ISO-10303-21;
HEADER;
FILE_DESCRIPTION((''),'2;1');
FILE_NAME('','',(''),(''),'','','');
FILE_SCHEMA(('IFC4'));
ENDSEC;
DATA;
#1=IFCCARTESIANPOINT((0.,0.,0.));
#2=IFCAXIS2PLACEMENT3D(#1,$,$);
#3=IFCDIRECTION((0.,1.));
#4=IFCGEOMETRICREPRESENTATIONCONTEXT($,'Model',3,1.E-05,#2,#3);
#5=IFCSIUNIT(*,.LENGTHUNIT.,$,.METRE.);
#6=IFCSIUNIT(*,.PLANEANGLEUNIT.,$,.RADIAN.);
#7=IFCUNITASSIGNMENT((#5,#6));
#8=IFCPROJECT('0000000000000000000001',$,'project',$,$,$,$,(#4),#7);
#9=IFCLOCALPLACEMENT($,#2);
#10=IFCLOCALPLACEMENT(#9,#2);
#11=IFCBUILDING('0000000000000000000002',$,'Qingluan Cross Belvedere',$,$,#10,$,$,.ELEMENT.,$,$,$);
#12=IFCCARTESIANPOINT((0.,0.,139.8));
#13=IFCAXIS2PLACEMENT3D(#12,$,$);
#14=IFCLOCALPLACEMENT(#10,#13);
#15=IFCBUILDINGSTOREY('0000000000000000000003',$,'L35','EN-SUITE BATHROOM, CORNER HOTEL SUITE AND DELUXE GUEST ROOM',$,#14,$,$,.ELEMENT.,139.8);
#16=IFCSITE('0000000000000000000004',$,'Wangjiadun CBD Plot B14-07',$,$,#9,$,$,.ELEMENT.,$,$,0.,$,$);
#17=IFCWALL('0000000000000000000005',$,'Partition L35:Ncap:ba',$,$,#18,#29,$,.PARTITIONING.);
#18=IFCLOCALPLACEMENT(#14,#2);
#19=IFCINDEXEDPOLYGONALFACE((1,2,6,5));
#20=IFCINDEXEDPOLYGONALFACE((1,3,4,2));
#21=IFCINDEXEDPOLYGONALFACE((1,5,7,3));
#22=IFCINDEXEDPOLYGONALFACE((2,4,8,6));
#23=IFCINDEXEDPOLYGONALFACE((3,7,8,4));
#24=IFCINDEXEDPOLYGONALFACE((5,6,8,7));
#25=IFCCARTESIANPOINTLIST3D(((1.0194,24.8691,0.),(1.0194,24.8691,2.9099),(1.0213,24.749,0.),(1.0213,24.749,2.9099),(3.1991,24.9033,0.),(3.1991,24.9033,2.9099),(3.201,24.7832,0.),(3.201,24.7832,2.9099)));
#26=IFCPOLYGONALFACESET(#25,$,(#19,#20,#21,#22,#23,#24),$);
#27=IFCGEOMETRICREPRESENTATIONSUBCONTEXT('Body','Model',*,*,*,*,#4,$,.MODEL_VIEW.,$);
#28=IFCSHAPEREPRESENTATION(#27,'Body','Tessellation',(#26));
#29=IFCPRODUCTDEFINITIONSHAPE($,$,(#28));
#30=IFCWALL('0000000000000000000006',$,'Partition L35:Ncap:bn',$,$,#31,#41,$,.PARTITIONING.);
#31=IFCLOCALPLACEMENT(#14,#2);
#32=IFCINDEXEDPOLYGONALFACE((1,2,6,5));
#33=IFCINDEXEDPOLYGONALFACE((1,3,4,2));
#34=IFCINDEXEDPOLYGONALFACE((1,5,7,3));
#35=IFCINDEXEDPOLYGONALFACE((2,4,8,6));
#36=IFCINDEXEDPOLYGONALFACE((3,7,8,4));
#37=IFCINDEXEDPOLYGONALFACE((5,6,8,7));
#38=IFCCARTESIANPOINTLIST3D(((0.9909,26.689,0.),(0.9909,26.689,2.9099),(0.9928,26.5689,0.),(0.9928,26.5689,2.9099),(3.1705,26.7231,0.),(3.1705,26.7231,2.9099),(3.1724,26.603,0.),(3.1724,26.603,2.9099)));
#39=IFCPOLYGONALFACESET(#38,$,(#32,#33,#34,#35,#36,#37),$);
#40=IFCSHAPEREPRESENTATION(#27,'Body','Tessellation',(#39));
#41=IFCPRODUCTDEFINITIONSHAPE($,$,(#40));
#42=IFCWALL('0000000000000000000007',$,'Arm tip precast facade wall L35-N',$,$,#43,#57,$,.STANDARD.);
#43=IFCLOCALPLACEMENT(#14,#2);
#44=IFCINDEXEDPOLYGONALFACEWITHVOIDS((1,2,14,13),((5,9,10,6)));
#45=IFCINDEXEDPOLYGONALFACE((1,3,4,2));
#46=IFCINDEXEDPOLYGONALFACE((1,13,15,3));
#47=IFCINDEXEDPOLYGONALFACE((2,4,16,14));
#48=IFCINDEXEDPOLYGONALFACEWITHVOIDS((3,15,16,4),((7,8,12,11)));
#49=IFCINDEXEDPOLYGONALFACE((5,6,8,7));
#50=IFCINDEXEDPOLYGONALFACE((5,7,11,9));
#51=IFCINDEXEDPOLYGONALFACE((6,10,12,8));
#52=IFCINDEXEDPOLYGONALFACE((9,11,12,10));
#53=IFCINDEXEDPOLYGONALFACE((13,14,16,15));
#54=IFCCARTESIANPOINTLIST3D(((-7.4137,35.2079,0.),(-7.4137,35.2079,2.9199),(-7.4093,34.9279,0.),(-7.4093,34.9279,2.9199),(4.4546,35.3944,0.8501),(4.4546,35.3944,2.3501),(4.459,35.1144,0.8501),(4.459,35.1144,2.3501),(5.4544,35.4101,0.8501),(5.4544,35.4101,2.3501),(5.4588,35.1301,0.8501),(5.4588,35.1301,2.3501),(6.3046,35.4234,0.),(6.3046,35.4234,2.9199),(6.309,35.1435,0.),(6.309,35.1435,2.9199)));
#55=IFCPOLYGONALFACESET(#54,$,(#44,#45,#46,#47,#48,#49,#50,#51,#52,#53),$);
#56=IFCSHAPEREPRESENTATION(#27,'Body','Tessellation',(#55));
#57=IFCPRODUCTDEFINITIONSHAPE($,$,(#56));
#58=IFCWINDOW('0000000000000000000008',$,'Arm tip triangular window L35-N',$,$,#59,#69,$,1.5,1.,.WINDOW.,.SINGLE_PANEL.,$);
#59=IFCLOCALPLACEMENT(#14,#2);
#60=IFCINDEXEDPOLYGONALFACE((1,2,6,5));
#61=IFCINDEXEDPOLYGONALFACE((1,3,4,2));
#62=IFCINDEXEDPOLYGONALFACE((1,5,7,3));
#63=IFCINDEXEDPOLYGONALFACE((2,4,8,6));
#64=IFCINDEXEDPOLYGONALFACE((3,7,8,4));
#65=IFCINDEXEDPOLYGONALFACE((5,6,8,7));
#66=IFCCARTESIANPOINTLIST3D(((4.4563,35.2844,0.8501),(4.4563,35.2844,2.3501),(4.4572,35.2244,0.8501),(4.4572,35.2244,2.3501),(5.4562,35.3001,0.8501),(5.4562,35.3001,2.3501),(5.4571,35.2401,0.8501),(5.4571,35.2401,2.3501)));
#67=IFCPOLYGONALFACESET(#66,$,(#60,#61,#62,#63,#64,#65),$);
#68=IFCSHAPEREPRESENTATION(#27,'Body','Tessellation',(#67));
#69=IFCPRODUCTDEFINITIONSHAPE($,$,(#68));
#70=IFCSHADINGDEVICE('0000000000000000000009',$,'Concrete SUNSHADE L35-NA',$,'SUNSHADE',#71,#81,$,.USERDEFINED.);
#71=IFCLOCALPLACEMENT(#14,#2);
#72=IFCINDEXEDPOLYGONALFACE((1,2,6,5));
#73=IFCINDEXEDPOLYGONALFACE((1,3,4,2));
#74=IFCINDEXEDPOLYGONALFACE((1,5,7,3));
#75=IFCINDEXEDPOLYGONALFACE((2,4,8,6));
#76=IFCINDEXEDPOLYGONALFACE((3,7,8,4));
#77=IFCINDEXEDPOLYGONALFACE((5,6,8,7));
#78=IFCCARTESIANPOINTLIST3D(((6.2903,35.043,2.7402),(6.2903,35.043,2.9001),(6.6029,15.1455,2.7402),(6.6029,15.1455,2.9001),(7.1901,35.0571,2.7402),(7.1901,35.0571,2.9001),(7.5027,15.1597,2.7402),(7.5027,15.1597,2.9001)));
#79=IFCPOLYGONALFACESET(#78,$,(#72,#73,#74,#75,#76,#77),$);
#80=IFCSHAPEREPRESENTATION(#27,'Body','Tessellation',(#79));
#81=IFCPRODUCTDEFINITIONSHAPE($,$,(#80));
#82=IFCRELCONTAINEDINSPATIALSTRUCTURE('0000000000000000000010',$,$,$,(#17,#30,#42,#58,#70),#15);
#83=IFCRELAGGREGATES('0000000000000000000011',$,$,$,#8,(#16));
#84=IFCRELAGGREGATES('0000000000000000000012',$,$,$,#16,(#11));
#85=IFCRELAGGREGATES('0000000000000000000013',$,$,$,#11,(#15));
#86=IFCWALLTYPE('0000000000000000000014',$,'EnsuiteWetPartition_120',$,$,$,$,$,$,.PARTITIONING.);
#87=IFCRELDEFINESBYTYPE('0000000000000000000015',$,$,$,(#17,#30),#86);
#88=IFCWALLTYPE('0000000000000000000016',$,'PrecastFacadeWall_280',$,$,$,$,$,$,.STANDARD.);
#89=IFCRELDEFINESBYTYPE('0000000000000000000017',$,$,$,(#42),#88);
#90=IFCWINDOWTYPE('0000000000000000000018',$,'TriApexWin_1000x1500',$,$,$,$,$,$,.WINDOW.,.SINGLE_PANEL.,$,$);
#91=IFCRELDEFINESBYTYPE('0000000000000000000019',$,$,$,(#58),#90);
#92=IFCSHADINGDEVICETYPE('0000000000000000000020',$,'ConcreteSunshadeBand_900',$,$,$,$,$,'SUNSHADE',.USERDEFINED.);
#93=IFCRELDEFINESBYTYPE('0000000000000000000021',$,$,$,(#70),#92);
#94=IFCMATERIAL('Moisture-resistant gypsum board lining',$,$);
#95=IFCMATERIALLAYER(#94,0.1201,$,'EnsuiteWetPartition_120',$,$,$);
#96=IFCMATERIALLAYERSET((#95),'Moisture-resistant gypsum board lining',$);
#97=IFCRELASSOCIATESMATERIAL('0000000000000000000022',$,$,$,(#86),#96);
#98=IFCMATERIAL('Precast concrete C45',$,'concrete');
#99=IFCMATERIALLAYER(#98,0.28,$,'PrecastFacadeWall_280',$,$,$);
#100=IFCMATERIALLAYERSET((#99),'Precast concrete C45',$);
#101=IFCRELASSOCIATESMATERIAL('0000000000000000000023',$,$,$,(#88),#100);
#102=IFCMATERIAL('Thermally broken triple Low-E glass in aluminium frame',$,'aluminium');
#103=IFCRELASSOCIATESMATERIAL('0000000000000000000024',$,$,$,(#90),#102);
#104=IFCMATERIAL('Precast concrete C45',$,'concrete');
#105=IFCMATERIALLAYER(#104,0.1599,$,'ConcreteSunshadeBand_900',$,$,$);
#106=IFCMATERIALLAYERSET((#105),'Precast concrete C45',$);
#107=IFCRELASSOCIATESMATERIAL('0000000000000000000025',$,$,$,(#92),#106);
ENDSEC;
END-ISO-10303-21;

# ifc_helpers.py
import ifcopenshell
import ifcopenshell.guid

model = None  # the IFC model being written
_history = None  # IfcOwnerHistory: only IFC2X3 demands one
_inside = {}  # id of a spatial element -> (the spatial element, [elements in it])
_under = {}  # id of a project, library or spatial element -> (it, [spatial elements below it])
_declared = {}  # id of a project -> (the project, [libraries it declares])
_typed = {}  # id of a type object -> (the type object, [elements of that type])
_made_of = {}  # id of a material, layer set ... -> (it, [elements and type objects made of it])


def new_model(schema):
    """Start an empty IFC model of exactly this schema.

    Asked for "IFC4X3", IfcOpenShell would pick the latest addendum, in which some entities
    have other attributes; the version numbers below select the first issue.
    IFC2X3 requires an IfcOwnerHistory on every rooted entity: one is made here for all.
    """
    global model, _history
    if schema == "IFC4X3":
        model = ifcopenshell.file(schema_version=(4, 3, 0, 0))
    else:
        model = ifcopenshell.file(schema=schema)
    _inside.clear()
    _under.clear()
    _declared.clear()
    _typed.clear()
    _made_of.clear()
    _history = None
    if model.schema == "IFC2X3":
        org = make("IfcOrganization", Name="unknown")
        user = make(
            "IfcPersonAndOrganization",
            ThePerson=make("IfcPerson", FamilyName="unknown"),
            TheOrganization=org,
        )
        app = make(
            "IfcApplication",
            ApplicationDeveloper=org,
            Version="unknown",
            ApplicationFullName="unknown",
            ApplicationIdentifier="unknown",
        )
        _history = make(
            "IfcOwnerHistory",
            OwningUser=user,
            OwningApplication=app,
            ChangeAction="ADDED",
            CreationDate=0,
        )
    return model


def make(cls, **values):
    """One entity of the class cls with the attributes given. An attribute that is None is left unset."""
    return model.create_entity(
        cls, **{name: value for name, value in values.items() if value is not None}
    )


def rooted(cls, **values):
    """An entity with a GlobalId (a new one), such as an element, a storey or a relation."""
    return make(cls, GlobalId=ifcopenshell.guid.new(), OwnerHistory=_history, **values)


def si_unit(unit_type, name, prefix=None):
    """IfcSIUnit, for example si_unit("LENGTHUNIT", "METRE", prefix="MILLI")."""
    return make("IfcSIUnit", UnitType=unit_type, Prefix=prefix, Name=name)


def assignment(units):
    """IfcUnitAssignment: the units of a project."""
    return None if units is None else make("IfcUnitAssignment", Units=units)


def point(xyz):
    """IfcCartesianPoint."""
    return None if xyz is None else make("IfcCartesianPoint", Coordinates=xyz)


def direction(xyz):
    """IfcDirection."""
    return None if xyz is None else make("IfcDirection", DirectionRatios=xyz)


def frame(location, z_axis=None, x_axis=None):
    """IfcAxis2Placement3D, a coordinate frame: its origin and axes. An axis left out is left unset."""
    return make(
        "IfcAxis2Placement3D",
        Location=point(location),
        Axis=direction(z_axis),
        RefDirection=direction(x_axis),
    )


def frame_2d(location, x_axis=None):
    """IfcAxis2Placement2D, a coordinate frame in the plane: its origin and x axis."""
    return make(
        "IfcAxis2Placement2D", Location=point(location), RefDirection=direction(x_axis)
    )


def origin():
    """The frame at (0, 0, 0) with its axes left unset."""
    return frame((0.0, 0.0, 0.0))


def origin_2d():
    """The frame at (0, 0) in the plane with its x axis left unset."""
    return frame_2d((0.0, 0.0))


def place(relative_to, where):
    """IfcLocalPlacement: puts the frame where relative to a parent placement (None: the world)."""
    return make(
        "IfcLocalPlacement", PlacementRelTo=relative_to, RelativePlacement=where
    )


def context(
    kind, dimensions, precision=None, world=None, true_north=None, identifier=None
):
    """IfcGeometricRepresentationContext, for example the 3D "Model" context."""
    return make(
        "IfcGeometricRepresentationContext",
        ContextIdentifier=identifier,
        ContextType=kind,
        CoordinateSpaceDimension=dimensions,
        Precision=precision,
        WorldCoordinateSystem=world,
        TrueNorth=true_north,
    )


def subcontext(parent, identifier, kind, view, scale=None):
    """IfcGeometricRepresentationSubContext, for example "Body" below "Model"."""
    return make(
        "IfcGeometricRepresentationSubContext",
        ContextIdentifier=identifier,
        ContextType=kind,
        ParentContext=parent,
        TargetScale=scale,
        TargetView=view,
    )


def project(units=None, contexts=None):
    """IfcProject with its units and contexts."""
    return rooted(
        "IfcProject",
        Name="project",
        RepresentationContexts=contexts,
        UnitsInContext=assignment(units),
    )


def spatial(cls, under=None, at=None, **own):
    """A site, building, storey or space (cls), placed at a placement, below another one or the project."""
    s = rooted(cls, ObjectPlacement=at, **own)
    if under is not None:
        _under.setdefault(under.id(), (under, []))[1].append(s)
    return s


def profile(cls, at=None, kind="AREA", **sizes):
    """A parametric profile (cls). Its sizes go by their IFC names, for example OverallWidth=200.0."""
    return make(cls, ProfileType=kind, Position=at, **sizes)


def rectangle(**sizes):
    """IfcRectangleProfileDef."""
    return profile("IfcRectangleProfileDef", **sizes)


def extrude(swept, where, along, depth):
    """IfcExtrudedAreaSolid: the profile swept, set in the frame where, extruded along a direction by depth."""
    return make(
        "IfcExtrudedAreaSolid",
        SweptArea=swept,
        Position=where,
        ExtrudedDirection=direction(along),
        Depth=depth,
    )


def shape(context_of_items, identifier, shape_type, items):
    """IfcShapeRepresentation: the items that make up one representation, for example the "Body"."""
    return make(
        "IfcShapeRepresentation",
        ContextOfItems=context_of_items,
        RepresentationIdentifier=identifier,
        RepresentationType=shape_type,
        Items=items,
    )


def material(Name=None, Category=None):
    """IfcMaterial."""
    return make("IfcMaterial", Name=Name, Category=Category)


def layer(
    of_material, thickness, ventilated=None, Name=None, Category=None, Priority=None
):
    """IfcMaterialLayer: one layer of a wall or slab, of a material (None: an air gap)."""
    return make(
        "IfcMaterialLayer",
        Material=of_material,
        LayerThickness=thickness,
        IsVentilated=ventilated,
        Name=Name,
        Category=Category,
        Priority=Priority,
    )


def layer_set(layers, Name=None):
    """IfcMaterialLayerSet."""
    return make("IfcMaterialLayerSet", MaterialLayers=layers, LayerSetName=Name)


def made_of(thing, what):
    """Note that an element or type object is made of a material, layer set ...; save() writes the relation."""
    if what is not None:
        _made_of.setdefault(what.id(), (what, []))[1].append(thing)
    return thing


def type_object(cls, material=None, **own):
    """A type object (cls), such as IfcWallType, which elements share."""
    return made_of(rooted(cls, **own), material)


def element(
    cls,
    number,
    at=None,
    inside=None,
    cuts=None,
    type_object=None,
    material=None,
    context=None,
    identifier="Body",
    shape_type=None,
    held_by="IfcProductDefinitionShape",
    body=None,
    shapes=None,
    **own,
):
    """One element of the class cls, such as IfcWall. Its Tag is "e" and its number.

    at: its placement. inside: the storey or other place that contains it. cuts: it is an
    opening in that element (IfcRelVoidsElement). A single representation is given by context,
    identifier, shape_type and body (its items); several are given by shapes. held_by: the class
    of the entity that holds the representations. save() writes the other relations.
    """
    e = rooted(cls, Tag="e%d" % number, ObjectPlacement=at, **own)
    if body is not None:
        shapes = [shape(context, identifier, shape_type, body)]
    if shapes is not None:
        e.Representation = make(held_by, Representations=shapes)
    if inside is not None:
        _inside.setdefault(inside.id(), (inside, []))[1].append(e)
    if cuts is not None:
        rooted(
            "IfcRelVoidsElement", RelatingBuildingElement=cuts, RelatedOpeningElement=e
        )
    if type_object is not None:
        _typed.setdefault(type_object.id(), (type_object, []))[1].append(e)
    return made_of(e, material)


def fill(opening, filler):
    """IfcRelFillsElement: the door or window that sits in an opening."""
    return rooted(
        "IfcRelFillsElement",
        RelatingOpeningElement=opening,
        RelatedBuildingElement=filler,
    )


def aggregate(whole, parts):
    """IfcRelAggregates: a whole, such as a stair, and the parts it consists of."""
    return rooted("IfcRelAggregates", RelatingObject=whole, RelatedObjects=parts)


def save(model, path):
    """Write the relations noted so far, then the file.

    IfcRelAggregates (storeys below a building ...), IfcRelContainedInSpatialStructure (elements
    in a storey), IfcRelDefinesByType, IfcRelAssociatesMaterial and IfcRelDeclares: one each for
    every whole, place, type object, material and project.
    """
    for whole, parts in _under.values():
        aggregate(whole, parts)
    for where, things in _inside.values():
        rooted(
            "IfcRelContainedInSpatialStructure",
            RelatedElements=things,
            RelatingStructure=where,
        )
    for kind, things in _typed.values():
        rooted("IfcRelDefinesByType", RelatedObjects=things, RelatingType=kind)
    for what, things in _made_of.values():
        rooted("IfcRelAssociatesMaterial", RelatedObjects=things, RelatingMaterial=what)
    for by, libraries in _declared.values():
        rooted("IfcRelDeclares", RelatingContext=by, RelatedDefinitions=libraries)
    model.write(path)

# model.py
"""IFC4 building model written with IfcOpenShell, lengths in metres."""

from ifc_helpers import new_model, si_unit, direction, frame, frame_2d, origin, origin_2d, place, context, subcontext, project, spatial, rectangle, extrude, material, layer, layer_set, type_object, element, fill, save


model = new_model("IFC4")

# Units and contexts
model_context = context("Model", 3, precision=1e-05, world=origin(), true_north=direction((0.0, 1.0)))
body_context = subcontext(model_context, "Body", "Model", "MODEL_VIEW")
ifc_project = project(units=[si_unit("LENGTHUNIT", "METRE"), si_unit("PLANEANGLEUNIT", "RADIAN")], contexts=[model_context])

# Site, building, storey
site_placement = place(None, origin())
site = spatial("IfcSite", under=ifc_project, at=site_placement, Name="Wangjiadun CBD Plot B14-07", CompositionType="ELEMENT", RefElevation=0.0)
building_placement = place(site_placement, origin())
building = spatial("IfcBuilding", under=site, at=building_placement, Name="Qingluan Cross Belvedere", CompositionType="ELEMENT")
storey_placement = place(building_placement, frame((0.0, 0.0, 139.8)))
storey = spatial("IfcBuildingStorey", under=building, at=storey_placement, Name="L35", Description="EN-SUITE BATHROOM, CORNER HOTEL SUITE AND DELUXE GUEST ROOM", CompositionType="ELEMENT", Elevation=139.8)

# Shared definitions
ifc_material_1 = material(Name="Moisture-resistant gypsum board lining")
ifc_layer_1 = layer(ifc_material_1, 0.1201, Name="EnsuiteWetPartition_120")
ifc_layer_set_1 = layer_set([ifc_layer_1], Name="Moisture-resistant gypsum board lining")
wall_type_1 = type_object("IfcWallType", Name="EnsuiteWetPartition_120", PredefinedType="PARTITIONING", material=ifc_layer_set_1)

# Walls
for number, where, z_axis, x_axis, name in (
    (1, (1.0205, 24.8091, 0.0), (0.0, 0.0, 1.0), (0.999877, 0.015679, 0.0), "Partition L35:Ncap:ba"),
    (2, (0.9919, 26.6289, 0.0), (0.0, 0.0, 1.0), (0.999877, 0.015679, 0.0), "Partition L35:Ncap:bn"),
):
    element("IfcWall", number, at=place(storey_placement, frame(where, z_axis=z_axis, x_axis=x_axis)), inside=storey, type_object=wall_type_1, Name=name, PredefinedType="PARTITIONING", context=body_context, shape_type="SweptSolid", body=[
        extrude(rectangle(XDim=2.1799, YDim=0.1201, at=frame_2d((1.0898, 0.0))), origin(), (0.0, 0.0, 1.0), 2.9099),
    ])

# Wall, opening, window
ifc_material_2 = material(Name="Precast concrete C45", Category="concrete")
ifc_layer_2 = layer(ifc_material_2, 0.28, Name="PrecastFacadeWall_280")
ifc_layer_set_2 = layer_set([ifc_layer_2], Name="Precast concrete C45")
wall_type_2 = type_object("IfcWallType", Name="PrecastFacadeWall_280", PredefinedType="STANDARD", material=ifc_layer_set_2)
wall_1_placement = place(storey_placement, frame((6.3066, 35.2834, 0.0), z_axis=(0.0, 0.0, 1.0), x_axis=(-0.999877, -0.015713, 0.0)))
wall_1 = element("IfcWall", 3, at=wall_1_placement, inside=storey, type_object=wall_type_2, Name="Arm tip precast facade wall L35-N", PredefinedType="STANDARD", context=body_context, shape_type="SweptSolid", body=[
    extrude(rectangle(XDim=13.72, YDim=0.28, at=frame_2d((6.8599, 0.0))), origin(), (0.0, 0.0, 1.0), 2.9199),
])
opening_1_placement = place(wall_1_placement, frame((0.8501, 0.0, 0.8501)))
opening_1 = element("IfcOpeningElement", 4, at=opening_1_placement, cuts=wall_1, PredefinedType="OPENING", context=body_context, shape_type="SweptSolid", body=[
    extrude(rectangle(XDim=1.0, YDim=1.5, at=frame_2d((0.5, 0.75))), frame((0.0, 0.1499, 0.0), z_axis=(0.0, -1.0, 0.0), x_axis=(1.0, 0.0, 0.0)), (0.0, 0.0, 1.0), 0.3),
])
ifc_material_3 = material(Name="Thermally broken triple Low-E glass in aluminium frame", Category="aluminium")
window_type = type_object("IfcWindowType", Name="TriApexWin_1000x1500", PartitioningType="SINGLE_PANEL", PredefinedType="WINDOW", material=ifc_material_3)
window_placement = place(opening_1_placement, origin())
window = element("IfcWindow", 5, at=window_placement, inside=storey, type_object=window_type, Name="Arm tip triangular window L35-N", OverallHeight=1.5, OverallWidth=1.0, PartitioningType="SINGLE_PANEL", PredefinedType="WINDOW", context=body_context, shape_type="SweptSolid", body=[
    extrude(rectangle(XDim=1.0, YDim=1.5, at=frame_2d((0.5, 0.75))), frame((0.0, 0.03, 0.0), z_axis=(0.0, -1.0, 0.0), x_axis=(1.0, 0.0, 0.0)), (0.0, 0.0, 1.0), 0.0601),
])
fill(opening_1, window)

# Shading device
ifc_material_4 = material(Name="Precast concrete C45", Category="concrete")
ifc_layer_3 = layer(ifc_material_4, 0.1599, Name="ConcreteSunshadeBand_900")
ifc_layer_set_3 = layer_set([ifc_layer_3], Name="Precast concrete C45")
shading_device_type = type_object("IfcShadingDeviceType", Name="ConcreteSunshadeBand_900", ElementType="SUNSHADE", PredefinedType="USERDEFINED", material=ifc_layer_set_3)
shading_device_placement = place(storey_placement, frame((6.8965, 25.1013, 2.7402), z_axis=(0.0, 0.0, 1.0), x_axis=(-0.015706, 0.999877, 0.0)))
element("IfcShadingDevice", 6, at=shading_device_placement, inside=storey, type_object=shading_device_type, Name="Concrete SUNSHADE L35-NA", ObjectType="SUNSHADE", PredefinedType="USERDEFINED", context=body_context, shape_type="SweptSolid", body=[
    extrude(rectangle(XDim=19.8999, YDim=0.8999, at=origin_2d()), origin(), (0.0, 0.0, 1.0), 0.1599),
])

save(model, "model.ifc")
